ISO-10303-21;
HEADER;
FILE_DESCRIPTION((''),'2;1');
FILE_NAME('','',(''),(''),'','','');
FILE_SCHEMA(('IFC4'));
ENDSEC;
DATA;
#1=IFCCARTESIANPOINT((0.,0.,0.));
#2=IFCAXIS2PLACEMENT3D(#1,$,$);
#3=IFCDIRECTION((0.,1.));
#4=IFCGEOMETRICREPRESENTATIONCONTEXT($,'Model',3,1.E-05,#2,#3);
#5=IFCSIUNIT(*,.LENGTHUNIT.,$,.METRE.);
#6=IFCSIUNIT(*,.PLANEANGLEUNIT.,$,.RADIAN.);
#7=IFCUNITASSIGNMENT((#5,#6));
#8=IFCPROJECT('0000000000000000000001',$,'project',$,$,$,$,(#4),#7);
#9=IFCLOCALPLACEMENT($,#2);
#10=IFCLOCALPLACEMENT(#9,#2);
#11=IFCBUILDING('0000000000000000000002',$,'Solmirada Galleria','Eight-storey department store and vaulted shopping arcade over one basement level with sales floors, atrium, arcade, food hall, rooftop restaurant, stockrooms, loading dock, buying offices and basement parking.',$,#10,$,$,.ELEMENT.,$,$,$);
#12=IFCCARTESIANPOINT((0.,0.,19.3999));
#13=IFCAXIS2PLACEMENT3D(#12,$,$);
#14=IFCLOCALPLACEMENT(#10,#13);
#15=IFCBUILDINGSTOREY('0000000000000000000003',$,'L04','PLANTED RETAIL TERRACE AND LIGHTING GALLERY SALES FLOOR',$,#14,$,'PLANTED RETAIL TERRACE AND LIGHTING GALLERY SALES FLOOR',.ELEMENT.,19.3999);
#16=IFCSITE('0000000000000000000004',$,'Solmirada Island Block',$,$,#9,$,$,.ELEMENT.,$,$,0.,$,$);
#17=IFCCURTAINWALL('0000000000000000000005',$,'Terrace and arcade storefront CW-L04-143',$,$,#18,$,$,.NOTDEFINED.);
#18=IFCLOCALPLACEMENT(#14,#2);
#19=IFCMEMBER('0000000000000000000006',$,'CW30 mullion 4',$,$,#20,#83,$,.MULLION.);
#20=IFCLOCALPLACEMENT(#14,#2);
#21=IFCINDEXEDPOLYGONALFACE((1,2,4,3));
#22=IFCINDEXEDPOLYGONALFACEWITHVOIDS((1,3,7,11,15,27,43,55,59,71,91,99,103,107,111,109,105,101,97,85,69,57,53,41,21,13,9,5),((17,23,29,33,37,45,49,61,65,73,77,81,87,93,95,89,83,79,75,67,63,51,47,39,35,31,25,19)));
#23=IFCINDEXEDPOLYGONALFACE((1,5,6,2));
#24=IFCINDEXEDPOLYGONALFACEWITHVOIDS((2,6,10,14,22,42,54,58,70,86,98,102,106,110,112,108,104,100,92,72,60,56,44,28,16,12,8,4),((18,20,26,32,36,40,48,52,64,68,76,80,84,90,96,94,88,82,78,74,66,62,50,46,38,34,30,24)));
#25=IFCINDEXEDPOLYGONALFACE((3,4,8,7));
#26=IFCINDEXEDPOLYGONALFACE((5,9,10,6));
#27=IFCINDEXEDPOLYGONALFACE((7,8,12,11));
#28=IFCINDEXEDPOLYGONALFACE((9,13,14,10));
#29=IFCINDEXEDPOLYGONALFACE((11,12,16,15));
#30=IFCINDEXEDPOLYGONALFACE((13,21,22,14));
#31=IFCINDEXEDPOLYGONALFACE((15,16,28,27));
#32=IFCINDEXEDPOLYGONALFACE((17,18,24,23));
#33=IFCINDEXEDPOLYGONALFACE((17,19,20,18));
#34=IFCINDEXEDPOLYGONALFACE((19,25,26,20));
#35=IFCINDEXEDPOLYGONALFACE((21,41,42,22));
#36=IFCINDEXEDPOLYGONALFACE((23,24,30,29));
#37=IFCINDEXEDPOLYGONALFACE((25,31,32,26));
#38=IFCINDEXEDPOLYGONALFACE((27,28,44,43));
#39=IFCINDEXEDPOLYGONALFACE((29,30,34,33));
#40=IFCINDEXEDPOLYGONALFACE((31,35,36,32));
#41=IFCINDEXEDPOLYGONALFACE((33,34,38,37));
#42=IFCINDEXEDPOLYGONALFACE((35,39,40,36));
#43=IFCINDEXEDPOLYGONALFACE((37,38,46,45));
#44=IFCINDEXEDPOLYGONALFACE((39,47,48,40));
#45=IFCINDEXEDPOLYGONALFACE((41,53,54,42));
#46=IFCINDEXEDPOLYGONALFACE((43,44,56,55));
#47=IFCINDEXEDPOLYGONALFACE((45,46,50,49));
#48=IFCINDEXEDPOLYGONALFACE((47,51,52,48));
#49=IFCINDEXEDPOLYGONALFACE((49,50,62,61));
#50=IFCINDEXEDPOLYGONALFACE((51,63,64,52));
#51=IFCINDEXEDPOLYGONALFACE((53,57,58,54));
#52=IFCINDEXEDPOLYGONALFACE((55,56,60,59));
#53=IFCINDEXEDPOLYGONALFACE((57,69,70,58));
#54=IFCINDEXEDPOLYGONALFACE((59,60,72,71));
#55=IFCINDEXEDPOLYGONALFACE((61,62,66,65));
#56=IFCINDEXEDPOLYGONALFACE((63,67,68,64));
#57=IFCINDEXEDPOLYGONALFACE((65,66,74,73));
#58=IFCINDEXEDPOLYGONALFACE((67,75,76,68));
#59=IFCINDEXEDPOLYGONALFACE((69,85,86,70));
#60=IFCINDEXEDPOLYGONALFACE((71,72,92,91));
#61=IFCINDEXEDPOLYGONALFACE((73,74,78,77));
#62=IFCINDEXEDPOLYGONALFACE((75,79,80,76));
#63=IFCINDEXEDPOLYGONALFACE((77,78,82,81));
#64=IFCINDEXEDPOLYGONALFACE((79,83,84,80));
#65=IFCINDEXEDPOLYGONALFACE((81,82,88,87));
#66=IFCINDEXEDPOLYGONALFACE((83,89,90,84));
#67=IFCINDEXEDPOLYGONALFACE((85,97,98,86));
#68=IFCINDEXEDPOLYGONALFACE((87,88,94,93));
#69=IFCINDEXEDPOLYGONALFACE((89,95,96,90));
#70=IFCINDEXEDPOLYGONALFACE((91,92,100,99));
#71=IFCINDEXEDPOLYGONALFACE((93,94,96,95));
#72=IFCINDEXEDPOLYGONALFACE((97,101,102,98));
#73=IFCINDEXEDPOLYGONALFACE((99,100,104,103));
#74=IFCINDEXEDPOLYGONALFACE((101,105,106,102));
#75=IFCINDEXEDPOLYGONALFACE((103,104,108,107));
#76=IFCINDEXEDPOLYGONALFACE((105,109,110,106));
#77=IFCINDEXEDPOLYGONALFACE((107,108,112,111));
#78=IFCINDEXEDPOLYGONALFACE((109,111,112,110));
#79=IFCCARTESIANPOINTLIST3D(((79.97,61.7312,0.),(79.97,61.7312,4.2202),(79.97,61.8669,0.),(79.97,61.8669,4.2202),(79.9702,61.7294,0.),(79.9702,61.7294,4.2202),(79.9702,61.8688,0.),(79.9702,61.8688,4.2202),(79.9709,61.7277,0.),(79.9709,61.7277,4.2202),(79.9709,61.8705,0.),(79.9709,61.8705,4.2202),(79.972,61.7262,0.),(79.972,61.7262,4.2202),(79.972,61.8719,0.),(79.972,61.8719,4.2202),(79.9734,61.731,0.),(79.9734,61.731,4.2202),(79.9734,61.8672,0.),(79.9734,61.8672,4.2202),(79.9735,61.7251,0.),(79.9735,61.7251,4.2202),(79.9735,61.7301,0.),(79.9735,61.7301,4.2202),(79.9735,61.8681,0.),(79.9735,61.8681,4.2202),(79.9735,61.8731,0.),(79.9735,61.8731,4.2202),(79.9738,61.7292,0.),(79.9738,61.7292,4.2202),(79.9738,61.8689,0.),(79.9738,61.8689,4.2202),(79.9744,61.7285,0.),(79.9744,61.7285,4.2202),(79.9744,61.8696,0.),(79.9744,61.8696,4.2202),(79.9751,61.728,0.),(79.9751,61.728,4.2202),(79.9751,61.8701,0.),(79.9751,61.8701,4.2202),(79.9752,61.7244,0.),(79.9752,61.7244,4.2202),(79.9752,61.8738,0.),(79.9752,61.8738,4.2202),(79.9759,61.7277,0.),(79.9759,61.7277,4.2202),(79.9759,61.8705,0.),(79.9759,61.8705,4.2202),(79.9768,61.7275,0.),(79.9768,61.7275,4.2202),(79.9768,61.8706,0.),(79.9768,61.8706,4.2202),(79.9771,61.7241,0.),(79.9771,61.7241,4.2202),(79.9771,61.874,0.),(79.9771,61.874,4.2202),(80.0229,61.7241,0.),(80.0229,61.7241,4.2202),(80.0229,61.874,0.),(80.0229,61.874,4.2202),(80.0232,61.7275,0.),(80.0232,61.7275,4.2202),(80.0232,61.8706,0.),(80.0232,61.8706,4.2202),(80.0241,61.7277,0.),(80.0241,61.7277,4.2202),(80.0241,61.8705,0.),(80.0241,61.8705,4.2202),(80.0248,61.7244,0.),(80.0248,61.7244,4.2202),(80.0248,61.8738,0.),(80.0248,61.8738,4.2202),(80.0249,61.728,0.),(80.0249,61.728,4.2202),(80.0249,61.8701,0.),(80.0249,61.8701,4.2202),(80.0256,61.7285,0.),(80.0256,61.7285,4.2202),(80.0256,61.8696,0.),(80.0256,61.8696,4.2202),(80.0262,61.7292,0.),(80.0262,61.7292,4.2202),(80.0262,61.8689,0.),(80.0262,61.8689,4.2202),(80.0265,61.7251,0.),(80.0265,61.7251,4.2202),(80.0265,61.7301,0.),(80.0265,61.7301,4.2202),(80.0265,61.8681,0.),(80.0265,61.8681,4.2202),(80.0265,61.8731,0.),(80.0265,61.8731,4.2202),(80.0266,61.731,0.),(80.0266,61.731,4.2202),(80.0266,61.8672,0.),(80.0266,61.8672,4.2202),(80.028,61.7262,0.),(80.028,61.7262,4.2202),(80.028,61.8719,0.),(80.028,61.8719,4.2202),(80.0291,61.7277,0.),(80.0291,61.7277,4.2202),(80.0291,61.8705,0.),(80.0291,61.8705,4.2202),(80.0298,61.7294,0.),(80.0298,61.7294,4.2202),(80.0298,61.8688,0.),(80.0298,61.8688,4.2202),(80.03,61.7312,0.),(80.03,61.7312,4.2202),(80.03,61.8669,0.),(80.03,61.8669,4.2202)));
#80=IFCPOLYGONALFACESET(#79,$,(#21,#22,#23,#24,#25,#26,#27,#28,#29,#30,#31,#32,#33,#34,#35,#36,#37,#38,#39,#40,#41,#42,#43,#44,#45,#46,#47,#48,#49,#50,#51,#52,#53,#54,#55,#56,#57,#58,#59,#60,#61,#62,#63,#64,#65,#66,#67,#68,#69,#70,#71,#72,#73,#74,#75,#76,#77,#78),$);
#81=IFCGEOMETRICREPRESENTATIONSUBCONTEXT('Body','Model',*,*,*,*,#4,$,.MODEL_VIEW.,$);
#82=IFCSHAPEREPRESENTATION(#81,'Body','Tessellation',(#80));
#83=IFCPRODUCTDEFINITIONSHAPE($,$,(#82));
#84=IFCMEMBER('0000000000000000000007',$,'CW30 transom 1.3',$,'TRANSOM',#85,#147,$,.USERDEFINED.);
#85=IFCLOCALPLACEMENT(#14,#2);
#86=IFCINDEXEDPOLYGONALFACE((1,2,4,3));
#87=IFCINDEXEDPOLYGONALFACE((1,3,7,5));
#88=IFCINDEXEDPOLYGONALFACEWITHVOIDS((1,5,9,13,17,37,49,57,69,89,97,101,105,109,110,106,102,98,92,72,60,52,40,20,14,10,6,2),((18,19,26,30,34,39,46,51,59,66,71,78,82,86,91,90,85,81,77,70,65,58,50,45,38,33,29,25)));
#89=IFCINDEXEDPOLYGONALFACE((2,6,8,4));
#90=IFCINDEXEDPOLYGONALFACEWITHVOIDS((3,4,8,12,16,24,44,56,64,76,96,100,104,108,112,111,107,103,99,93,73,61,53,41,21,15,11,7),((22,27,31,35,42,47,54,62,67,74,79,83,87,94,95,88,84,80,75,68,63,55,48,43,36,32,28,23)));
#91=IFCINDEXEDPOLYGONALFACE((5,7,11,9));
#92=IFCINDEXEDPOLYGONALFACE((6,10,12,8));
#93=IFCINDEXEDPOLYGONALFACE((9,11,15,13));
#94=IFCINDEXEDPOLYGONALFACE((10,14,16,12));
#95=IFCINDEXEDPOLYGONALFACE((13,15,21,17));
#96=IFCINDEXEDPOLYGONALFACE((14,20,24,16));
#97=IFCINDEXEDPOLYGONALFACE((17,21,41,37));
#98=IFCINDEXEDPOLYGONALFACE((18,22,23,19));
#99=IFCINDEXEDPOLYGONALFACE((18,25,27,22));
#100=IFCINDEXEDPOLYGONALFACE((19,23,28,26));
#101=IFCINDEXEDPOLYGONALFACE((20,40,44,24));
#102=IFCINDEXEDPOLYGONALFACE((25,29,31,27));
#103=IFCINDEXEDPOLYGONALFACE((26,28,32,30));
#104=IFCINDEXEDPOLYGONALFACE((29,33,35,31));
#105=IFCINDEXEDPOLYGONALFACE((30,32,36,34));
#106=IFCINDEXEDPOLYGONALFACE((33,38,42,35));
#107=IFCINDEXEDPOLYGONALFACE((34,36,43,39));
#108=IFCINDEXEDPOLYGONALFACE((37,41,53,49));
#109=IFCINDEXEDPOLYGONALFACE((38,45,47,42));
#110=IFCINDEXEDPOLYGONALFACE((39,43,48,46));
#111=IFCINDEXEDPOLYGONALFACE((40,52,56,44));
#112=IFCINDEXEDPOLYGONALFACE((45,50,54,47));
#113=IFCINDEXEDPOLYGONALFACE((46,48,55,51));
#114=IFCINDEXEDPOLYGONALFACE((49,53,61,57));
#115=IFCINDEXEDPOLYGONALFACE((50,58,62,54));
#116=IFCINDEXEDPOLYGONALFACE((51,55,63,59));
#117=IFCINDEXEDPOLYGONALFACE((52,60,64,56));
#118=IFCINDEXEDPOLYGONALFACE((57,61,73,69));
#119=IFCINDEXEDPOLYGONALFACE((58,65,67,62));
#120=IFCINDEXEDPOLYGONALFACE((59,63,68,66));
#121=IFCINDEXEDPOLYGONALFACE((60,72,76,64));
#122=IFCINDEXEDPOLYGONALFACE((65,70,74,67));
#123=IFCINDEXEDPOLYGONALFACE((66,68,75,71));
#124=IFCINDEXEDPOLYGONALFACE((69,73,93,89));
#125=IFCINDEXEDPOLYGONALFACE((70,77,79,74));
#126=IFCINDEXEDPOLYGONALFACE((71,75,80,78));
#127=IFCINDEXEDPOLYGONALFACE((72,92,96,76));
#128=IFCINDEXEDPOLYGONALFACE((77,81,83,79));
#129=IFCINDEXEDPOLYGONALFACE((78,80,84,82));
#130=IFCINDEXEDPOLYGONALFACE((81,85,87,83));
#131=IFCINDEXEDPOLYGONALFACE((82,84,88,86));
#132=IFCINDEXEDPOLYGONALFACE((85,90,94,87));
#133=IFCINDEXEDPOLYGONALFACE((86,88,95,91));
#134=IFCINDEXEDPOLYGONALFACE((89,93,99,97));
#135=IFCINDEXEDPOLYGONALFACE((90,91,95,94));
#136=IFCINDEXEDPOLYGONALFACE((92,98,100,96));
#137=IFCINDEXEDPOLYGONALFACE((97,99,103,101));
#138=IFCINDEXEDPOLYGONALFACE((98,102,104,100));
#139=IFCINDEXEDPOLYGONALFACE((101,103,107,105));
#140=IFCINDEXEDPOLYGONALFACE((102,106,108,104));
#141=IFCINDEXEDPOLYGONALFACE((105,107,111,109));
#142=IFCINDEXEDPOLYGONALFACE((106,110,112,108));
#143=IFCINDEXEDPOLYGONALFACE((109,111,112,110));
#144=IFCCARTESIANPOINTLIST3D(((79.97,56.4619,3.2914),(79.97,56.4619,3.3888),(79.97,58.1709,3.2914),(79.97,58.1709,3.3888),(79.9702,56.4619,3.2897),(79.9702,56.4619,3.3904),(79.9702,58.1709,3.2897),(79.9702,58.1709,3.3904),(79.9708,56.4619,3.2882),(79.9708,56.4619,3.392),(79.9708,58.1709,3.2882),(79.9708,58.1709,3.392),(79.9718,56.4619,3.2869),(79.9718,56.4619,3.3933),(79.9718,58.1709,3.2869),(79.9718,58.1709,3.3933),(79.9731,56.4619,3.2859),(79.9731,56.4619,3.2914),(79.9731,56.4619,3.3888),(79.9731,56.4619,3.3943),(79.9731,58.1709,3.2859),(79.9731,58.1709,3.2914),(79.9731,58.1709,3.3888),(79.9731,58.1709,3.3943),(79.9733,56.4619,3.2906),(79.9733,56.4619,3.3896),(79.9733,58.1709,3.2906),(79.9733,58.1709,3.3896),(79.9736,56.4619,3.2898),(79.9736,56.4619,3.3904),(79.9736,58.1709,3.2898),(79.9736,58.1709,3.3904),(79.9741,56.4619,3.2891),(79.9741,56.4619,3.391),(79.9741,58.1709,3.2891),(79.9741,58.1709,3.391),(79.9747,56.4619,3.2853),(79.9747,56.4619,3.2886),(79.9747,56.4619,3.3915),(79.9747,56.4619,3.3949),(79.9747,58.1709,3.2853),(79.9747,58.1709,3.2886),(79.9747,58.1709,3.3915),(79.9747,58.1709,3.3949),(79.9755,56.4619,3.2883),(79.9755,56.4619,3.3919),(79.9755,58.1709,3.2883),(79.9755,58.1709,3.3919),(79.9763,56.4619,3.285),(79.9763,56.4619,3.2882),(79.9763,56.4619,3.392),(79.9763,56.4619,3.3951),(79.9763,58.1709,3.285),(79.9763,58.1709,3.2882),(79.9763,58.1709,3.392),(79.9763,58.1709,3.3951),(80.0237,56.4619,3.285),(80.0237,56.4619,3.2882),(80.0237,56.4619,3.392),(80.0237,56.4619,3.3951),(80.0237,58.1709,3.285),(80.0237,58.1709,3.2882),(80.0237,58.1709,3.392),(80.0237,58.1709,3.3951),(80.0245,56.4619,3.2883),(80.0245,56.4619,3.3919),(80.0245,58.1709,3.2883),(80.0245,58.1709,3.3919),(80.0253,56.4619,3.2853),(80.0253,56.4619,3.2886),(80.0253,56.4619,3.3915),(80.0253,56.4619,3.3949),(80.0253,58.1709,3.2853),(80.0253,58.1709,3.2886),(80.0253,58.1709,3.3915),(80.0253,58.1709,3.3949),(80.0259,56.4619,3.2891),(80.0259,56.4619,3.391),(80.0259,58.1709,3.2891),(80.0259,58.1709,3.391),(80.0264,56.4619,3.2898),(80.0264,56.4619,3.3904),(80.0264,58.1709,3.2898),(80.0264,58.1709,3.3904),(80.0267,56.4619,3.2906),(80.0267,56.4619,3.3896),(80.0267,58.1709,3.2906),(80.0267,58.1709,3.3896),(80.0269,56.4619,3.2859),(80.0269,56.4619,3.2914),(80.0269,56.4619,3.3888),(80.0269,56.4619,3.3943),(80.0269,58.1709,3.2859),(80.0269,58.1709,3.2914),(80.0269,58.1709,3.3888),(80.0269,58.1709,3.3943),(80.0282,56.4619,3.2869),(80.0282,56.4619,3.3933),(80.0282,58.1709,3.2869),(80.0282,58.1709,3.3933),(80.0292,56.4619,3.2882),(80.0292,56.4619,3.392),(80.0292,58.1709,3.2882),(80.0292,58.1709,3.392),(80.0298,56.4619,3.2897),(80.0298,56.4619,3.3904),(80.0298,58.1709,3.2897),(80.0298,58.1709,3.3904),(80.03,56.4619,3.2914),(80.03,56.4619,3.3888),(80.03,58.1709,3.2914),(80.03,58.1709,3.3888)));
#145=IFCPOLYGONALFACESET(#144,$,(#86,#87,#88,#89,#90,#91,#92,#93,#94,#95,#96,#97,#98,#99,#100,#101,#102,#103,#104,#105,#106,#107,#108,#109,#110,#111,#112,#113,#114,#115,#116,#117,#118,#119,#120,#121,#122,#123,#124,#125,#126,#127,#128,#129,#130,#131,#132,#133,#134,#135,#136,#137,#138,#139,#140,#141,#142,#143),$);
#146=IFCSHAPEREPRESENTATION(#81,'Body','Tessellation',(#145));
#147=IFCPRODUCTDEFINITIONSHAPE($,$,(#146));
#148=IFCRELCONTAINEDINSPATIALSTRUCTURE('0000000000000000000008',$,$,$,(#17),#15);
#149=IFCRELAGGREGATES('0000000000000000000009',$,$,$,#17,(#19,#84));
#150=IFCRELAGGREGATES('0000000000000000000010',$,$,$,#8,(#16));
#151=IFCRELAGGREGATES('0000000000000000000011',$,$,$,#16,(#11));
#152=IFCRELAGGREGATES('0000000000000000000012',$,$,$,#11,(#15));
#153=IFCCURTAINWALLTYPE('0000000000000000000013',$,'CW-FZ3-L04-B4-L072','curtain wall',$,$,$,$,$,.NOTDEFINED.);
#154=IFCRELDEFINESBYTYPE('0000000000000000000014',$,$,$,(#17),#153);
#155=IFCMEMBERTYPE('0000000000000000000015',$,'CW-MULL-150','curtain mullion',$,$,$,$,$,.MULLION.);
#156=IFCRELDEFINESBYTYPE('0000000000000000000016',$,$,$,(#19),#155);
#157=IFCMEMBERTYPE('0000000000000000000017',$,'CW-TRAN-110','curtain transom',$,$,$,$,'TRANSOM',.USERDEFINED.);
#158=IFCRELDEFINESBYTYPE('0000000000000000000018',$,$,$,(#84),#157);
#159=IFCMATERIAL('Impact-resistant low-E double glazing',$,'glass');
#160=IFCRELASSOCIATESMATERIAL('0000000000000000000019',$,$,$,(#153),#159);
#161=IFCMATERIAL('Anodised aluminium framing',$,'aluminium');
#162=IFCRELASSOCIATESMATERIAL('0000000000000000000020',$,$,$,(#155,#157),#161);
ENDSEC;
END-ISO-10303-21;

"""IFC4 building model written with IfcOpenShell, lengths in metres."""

from ifc_helpers import new_model, si_unit, direction, frame, origin, origin_2d, place, context, subcontext, project, spatial, hollow_rectangle, extrude, material, material_profile, profile_set, type_object, element, aggregate, save


model = new_model("IFC4")

# Units and contexts
model_context = context("Model", 3, precision=1e-05, world=origin(), true_north=direction((0.0, 1.0)))
body_context = subcontext(model_context, "Body", "Model", "MODEL_VIEW")
ifc_project = project(units=[si_unit("LENGTHUNIT", "METRE"), si_unit("PLANEANGLEUNIT", "RADIAN")], contexts=[model_context])

# Site, building, storey
site_placement = place(None, origin())
site = spatial("IfcSite", under=ifc_project, at=site_placement, Name="Solmirada Island Block", CompositionType="ELEMENT", RefElevation=0.0)
building_placement = place(site_placement, origin())
building = spatial("IfcBuilding", under=site, at=building_placement, Name="Solmirada Galleria", Description="Eight-storey department store and vaulted shopping arcade over one basement level with sales floors, atrium, arcade, food hall, rooftop restaurant, stockrooms, loading dock, buying offices and basement parking.", CompositionType="ELEMENT")
storey_placement = place(building_placement, frame((0.0, 0.0, 19.3999)))
storey = spatial("IfcBuildingStorey", under=building, at=storey_placement, Name="L04", Description="PLANTED RETAIL TERRACE AND LIGHTING GALLERY SALES FLOOR", LongName="PLANTED RETAIL TERRACE AND LIGHTING GALLERY SALES FLOOR", CompositionType="ELEMENT", Elevation=19.3999)

# Curtain wall, members
ifc_material_1 = material(Name="Impact-resistant low-E double glazing", Category="glass")
curtain_wall_type = type_object("IfcCurtainWallType", Name="CW-FZ3-L04-B4-L072", Description="curtain wall", PredefinedType="NOTDEFINED", material=ifc_material_1)
curtain_wall_placement = place(storey_placement, origin())
curtain_wall = element("IfcCurtainWall", 1, at=curtain_wall_placement, inside=storey, type_object=curtain_wall_type, Name="Terrace and arcade storefront CW-L04-143", PredefinedType="NOTDEFINED")
ifc_material_2 = material(Name="Anodised aluminium framing", Category="aluminium")
ifc_material_profile_1 = material_profile(ifc_material_2, hollow_rectangle(XDim=0.0601, YDim=0.1499, WallThickness=0.0034, InnerFilletRadius=0.0034, OuterFilletRadius=0.0071, at=origin_2d()), Name="ALU-MULL-150X60")
ifc_profile_set_1 = profile_set([ifc_material_profile_1], Name="Anodised aluminium framing")
member_type_1 = type_object("IfcMemberType", Name="CW-MULL-150", Description="curtain mullion", PredefinedType="MULLION", material=ifc_profile_set_1)
member_1_placement = place(storey_placement, frame((80.0, 61.7991, 0.0), z_axis=(0.0, 0.0, 1.0), x_axis=(-1.0, 0.0, 0.0)))
member_1 = element("IfcMember", 2, at=member_1_placement, type_object=member_type_1, Name="CW30 mullion 4", PredefinedType="MULLION", context=body_context, shape_type="SweptSolid", body=[
    extrude(hollow_rectangle(XDim=0.0601, YDim=0.1499, WallThickness=0.0034, InnerFilletRadius=0.0034, OuterFilletRadius=0.0071, at=origin_2d()), origin(), (0.0, 0.0, 1.0), 4.2202),
])
ifc_material_profile_2 = material_profile(ifc_material_2, hollow_rectangle(XDim=0.0601, YDim=0.1101, WallThickness=0.0032, InnerFilletRadius=0.0032, OuterFilletRadius=0.0063, at=origin_2d()), Name="ALU-TRAN-110X60")
ifc_profile_set_2 = profile_set([ifc_material_profile_2], Name="Anodised aluminium framing")
member_type_2 = type_object("IfcMemberType", Name="CW-TRAN-110", Description="curtain transom", ElementType="TRANSOM", PredefinedType="USERDEFINED", material=ifc_profile_set_2)
member_2_placement = place(storey_placement, frame((80.0, 56.4619, 3.3401), z_axis=(0.0, 1.0, 0.0), x_axis=(-1.0, 0.0, 0.0)))
member_2 = element("IfcMember", 3, at=member_2_placement, type_object=member_type_2, Name="CW30 transom 1.3", ObjectType="TRANSOM", PredefinedType="USERDEFINED", context=body_context, shape_type="SweptSolid", body=[
    extrude(hollow_rectangle(XDim=0.0601, YDim=0.1101, WallThickness=0.0032, InnerFilletRadius=0.0032, OuterFilletRadius=0.0063, at=origin_2d()), origin(), (0.0, 0.0, 1.0), 1.709),
])
aggregate(curtain_wall, [member_1, member_2])

save(model, "model.ifc")
